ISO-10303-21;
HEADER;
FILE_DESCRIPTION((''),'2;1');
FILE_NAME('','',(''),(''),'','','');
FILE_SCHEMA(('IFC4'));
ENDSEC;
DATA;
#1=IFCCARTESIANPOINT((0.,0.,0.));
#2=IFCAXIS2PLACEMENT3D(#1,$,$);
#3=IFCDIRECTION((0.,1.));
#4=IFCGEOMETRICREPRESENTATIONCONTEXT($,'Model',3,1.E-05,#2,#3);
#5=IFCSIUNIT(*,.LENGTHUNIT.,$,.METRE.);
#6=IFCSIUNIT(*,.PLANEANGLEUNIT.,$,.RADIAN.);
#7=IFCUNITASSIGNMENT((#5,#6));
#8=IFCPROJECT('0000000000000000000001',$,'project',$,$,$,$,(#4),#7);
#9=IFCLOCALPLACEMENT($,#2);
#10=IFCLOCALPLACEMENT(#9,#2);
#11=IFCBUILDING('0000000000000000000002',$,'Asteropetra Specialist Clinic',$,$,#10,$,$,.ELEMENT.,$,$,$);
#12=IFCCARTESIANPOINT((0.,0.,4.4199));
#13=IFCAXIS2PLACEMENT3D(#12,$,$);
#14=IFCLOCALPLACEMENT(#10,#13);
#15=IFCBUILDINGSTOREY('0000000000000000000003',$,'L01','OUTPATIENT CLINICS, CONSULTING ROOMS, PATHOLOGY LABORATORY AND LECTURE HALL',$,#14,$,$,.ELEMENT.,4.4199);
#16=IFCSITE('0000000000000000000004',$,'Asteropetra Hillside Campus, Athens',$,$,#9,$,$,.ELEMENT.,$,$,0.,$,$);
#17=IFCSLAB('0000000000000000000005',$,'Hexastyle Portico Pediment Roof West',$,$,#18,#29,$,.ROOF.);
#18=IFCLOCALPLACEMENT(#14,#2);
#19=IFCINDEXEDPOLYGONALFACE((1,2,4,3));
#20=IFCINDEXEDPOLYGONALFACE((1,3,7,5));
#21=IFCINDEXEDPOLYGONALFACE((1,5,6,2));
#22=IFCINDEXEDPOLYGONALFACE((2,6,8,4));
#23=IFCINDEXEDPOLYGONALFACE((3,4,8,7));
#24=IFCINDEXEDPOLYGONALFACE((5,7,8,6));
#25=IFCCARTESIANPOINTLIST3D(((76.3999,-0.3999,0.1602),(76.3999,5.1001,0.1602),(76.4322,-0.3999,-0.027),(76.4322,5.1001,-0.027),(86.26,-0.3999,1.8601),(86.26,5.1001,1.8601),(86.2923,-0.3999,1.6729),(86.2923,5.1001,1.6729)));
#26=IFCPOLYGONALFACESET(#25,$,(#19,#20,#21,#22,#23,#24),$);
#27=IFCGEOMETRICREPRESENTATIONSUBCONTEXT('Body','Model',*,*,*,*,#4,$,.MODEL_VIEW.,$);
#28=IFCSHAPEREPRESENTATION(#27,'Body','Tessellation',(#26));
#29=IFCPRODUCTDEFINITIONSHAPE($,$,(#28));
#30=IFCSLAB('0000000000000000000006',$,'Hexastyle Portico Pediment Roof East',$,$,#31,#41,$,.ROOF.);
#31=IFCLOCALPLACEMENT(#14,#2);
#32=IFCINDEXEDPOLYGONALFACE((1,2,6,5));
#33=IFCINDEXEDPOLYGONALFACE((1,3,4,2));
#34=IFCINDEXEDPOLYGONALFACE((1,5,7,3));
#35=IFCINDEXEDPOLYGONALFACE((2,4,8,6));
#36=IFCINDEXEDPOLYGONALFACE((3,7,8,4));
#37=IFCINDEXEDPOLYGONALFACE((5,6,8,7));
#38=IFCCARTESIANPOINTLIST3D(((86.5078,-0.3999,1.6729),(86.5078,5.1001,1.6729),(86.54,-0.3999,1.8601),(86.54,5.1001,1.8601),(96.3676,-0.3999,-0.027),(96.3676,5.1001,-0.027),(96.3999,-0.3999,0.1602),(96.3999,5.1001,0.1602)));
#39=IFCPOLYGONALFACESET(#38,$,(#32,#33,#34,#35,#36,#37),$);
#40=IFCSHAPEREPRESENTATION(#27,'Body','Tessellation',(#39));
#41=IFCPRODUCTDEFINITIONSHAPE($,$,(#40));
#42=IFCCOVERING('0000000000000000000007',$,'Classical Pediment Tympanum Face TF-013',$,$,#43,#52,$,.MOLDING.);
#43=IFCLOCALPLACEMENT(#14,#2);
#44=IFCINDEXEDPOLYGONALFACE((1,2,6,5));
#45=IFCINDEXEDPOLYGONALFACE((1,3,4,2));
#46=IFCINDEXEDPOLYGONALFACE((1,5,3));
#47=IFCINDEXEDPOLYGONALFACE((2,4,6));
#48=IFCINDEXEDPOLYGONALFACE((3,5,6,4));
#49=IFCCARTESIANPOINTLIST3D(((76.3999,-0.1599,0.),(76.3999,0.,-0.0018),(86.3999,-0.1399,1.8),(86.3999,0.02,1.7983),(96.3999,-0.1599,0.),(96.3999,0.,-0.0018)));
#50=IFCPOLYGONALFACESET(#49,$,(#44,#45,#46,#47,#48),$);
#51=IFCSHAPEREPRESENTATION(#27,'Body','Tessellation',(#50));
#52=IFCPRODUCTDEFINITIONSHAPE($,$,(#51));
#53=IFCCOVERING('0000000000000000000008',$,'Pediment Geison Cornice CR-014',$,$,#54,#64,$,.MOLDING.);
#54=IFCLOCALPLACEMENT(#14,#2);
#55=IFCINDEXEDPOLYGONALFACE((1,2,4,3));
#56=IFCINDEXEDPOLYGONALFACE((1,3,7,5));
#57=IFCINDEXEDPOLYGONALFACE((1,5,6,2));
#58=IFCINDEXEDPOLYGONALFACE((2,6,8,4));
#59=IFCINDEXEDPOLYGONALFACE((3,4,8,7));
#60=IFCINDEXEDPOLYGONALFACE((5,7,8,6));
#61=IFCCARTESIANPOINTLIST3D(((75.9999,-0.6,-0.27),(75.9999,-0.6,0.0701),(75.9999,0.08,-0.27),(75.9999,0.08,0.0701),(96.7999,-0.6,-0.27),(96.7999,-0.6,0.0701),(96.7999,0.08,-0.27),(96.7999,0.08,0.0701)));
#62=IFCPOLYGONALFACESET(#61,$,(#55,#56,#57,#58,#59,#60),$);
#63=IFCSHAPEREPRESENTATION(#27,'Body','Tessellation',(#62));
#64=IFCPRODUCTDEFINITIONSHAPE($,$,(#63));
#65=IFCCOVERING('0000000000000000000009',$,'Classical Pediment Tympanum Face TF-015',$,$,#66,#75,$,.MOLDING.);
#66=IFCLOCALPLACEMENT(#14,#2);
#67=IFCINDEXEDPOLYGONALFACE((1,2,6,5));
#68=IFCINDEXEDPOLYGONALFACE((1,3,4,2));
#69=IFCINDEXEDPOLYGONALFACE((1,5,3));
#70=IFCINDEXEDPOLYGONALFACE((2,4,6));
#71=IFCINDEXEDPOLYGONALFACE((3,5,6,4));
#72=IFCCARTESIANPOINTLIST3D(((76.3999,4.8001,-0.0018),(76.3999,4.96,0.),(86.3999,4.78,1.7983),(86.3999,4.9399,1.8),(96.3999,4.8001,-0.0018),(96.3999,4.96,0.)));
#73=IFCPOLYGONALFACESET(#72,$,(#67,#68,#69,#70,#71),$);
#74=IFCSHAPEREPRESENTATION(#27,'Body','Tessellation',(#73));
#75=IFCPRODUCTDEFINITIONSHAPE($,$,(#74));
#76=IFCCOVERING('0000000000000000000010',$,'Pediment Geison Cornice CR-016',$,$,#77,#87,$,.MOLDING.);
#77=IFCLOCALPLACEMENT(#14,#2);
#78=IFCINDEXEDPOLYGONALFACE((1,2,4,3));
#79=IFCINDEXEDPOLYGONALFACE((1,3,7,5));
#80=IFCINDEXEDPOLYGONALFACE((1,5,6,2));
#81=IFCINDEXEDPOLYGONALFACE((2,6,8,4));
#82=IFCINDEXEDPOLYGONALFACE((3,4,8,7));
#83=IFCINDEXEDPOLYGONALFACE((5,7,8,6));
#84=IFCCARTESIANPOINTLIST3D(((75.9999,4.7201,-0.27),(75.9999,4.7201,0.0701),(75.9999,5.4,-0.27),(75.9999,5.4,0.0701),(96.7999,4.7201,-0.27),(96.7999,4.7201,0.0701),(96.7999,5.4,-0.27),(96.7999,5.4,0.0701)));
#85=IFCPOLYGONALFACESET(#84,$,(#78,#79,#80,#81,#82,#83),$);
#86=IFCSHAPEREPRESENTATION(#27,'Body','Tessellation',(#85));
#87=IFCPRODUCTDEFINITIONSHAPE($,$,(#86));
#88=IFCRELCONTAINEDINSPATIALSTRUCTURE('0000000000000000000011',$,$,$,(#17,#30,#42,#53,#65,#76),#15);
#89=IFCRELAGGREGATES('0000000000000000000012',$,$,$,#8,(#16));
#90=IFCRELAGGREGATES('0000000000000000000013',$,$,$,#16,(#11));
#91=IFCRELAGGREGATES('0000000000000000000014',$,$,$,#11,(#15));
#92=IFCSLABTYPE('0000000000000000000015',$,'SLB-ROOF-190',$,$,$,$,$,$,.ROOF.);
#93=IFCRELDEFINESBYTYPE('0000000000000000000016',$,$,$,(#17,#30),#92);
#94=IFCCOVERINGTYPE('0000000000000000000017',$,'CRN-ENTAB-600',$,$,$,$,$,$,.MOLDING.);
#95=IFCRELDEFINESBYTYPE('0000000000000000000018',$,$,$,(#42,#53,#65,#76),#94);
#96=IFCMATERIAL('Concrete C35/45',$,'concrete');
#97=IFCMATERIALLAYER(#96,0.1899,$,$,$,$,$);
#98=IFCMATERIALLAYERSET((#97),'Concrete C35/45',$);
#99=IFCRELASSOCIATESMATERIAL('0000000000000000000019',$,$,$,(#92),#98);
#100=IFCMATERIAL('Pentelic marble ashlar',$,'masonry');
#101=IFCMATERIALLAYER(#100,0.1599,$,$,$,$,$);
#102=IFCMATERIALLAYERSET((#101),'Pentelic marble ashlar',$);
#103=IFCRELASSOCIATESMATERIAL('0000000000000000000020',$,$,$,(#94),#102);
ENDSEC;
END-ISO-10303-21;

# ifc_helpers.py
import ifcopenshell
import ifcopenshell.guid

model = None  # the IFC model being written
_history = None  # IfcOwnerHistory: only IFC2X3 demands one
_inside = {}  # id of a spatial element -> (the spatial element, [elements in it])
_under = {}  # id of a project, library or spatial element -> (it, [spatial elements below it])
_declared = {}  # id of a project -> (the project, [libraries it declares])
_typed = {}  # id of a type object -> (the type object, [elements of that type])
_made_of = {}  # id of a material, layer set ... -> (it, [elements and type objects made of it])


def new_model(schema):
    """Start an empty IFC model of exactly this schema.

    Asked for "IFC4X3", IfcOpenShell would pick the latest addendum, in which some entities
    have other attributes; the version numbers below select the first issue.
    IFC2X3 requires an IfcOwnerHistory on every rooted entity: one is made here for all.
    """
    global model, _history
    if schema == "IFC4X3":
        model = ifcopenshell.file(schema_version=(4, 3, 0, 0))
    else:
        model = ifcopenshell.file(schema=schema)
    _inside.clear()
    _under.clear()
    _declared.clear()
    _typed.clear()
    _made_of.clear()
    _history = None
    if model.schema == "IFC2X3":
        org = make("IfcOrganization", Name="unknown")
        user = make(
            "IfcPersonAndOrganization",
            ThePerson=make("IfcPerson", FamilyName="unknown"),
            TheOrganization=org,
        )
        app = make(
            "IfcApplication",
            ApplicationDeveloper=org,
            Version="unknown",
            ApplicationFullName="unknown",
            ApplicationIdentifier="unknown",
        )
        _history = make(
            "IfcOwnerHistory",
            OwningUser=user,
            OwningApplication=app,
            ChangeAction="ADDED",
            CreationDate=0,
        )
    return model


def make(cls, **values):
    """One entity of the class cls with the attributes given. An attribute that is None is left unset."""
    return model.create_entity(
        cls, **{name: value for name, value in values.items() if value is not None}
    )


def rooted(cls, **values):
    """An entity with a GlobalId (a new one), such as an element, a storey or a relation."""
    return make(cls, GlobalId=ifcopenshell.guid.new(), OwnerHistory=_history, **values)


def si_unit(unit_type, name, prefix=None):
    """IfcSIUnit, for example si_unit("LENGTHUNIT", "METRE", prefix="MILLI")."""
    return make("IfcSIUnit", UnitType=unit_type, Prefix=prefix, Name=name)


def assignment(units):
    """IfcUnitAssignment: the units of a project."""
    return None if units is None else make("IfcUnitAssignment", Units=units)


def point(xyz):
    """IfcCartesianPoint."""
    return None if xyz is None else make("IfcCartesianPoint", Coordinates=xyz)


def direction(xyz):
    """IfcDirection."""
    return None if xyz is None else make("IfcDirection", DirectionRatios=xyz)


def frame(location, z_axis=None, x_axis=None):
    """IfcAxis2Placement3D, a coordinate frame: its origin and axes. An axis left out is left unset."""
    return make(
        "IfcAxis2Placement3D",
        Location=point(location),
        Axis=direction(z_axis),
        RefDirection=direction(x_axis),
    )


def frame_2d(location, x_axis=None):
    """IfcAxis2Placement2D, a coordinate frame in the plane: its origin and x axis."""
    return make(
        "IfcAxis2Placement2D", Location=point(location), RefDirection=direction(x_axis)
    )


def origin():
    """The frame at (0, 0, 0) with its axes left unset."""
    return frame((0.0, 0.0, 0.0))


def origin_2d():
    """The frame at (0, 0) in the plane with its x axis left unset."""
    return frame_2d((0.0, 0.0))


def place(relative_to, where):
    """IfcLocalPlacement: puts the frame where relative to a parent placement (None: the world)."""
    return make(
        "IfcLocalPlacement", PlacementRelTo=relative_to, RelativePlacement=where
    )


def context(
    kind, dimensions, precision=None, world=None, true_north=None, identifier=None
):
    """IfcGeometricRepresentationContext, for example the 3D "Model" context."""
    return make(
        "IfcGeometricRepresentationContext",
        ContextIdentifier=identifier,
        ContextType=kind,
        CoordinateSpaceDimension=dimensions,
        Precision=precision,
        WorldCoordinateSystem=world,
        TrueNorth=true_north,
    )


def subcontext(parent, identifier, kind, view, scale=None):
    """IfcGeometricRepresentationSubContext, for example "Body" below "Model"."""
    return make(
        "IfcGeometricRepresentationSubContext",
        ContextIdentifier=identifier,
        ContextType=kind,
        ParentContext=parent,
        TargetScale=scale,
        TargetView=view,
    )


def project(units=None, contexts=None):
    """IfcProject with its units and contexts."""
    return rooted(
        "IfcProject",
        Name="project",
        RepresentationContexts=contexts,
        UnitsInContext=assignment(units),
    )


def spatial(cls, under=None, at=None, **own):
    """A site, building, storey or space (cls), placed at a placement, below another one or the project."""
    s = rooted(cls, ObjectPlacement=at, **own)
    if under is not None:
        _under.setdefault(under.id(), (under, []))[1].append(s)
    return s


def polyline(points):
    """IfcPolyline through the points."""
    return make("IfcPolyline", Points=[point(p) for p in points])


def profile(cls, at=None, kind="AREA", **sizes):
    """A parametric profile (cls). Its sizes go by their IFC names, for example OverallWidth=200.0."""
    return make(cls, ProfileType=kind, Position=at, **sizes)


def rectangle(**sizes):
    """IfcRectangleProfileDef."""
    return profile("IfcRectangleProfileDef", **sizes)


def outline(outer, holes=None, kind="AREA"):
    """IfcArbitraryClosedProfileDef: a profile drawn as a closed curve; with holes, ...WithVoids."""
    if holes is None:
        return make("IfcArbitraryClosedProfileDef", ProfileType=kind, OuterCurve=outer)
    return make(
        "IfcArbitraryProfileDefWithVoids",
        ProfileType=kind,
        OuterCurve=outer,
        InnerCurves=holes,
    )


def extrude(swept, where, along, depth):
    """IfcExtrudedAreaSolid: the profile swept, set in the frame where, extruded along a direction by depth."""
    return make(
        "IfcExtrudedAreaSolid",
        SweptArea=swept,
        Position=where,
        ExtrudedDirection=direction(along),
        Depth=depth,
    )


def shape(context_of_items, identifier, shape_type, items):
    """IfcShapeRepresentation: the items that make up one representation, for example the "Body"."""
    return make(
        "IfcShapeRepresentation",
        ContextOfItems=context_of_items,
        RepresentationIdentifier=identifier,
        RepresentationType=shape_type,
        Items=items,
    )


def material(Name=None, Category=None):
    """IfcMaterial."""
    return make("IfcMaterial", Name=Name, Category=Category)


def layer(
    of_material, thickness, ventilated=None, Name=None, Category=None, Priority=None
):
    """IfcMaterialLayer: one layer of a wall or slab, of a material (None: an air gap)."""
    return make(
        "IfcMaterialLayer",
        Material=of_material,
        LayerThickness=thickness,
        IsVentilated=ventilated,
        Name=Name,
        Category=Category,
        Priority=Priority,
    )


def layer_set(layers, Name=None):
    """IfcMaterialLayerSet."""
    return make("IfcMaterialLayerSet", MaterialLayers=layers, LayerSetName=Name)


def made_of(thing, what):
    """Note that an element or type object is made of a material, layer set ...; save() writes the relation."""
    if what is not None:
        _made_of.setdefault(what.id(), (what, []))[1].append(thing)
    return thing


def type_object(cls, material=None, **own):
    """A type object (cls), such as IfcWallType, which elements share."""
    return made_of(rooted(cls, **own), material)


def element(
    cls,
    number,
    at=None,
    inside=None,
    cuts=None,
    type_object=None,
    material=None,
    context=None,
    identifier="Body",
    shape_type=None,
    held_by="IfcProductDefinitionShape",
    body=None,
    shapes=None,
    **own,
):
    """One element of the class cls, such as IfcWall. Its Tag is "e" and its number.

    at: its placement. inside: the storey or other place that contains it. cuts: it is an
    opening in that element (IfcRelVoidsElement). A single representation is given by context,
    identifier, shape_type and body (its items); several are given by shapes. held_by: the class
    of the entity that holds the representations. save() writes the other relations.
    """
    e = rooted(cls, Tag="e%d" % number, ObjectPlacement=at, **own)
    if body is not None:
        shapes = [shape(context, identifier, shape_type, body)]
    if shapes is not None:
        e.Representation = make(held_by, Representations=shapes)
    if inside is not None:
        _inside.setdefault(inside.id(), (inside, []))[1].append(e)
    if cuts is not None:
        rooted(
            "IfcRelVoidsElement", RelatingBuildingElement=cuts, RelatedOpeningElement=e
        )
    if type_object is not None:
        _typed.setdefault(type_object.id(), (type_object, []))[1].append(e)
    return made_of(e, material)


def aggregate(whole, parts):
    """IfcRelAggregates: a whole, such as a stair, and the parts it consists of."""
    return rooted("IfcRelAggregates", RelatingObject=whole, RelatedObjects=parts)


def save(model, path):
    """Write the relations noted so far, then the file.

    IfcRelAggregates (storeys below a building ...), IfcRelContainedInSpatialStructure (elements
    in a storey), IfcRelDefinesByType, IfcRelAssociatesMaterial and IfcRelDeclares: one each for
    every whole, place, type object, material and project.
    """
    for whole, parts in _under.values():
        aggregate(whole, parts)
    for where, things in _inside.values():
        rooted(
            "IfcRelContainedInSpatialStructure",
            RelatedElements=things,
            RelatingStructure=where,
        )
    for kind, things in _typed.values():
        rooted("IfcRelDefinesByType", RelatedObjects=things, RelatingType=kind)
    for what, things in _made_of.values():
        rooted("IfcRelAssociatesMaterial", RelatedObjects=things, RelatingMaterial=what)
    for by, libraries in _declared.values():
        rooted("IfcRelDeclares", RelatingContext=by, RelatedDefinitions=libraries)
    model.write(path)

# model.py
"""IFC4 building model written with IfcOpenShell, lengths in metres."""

from ifc_helpers import new_model, si_unit, direction, frame, origin, origin_2d, place, context, subcontext, project, spatial, polyline, rectangle, outline, extrude, material, layer, layer_set, type_object, element, save


model = new_model("IFC4")

# Units and contexts
model_context = context("Model", 3, precision=1e-05, world=origin(), true_north=direction((0.0, 1.0)))
body_context = subcontext(model_context, "Body", "Model", "MODEL_VIEW")
ifc_project = project(units=[si_unit("LENGTHUNIT", "METRE"), si_unit("PLANEANGLEUNIT", "RADIAN")], contexts=[model_context])

# Site, building, storey
site_placement = place(None, origin())
site = spatial("IfcSite", under=ifc_project, at=site_placement, Name="Asteropetra Hillside Campus, Athens", CompositionType="ELEMENT", RefElevation=0.0)
building_placement = place(site_placement, origin())
building = spatial("IfcBuilding", under=site, at=building_placement, Name="Asteropetra Specialist Clinic", CompositionType="ELEMENT")
storey_placement = place(building_placement, frame((0.0, 0.0, 4.4199)))
storey = spatial("IfcBuildingStorey", under=building, at=storey_placement, Name="L01", Description="OUTPATIENT CLINICS, CONSULTING ROOMS, PATHOLOGY LABORATORY AND LECTURE HALL", CompositionType="ELEMENT", Elevation=4.4199)

# Slabs
ifc_material_1 = material(Name="Concrete C35/45", Category="concrete")
ifc_layer_1 = layer(ifc_material_1, 0.1899)
ifc_layer_set_1 = layer_set([ifc_layer_1], Name="Concrete C35/45")
slab_type = type_object("IfcSlabType", Name="SLB-ROOF-190", PredefinedType="ROOF", material=ifc_layer_set_1)
slab_1_placement = place(storey_placement, frame((76.3999, -0.3999, 0.1602), z_axis=(-0.1699, 0.0, 0.985461), x_axis=(0.985461, 0.0, 0.1699)))
element("IfcSlab", 1, at=slab_1_placement, inside=storey, type_object=slab_type, Name="Hexastyle Portico Pediment Roof West", PredefinedType="ROOF", context=body_context, shape_type="SweptSolid", body=[
    extrude(outline(polyline([(0.0, 0.0), (10.0056, 0.0), (10.0056, 5.5), (0.0, 5.5), (0.0, 0.0)])), origin(), (0.0, 0.0, -1.0), 0.1899),
])
slab_2_placement = place(storey_placement, frame((86.54, -0.3999, 1.8601), z_axis=(0.169904, 0.0, 0.985461), x_axis=(0.985461, 0.0, -0.169904)))
element("IfcSlab", 2, at=slab_2_placement, inside=storey, type_object=slab_type, Name="Hexastyle Portico Pediment Roof East", PredefinedType="ROOF", context=body_context, shape_type="SweptSolid", body=[
    extrude(outline(polyline([(0.0, 0.0), (10.0053, 0.0), (10.0053, 5.5), (0.0, 5.5), (0.0, 0.0)])), origin(), (0.0, 0.0, -1.0), 0.1899),
])

# Coverings
ifc_material_2 = material(Name="Pentelic marble ashlar", Category="masonry")
ifc_layer_2 = layer(ifc_material_2, 0.1599)
ifc_layer_set_2 = layer_set([ifc_layer_2], Name="Pentelic marble ashlar")
covering_type = type_object("IfcCoveringType", Name="CRN-ENTAB-600", PredefinedType="MOLDING", material=ifc_layer_set_2)
covering_1_placement = place(storey_placement, frame((76.3999, -0.1599, 0.0), z_axis=(0.0, -0.999938, 0.011121), x_axis=(1.0, 0.0, 0.0)))
element("IfcCovering", 3, at=covering_1_placement, inside=storey, type_object=covering_type, Name="Classical Pediment Tympanum Face TF-013", PredefinedType="MOLDING", context=body_context, shape_type="SweptSolid", body=[
    extrude(outline(polyline([(0.0, 0.0), (20.0, 0.0), (10.0, 1.8002), (0.0, 0.0)])), origin(), (0.0, 0.0, -1.0), 0.1599),
])
covering_2_placement = place(storey_placement, frame((86.3999, -0.26, -0.27), z_axis=(0.0, 0.0, 1.0), x_axis=(1.0, 0.0, 0.0)))
element("IfcCovering", 4, at=covering_2_placement, inside=storey, type_object=covering_type, Name="Pediment Geison Cornice CR-014", PredefinedType="MOLDING", context=body_context, shape_type="SweptSolid", body=[
    extrude(rectangle(XDim=20.8, YDim=0.6799, at=origin_2d()), origin(), (0.0, 0.0, 1.0), 0.3401),
])
covering_3_placement = place(storey_placement, frame((76.3999, 4.96, 0.0), z_axis=(0.0, 0.999938, 0.011121), x_axis=(1.0, 0.0, 0.0)))
element("IfcCovering", 5, at=covering_3_placement, inside=storey, type_object=covering_type, Name="Classical Pediment Tympanum Face TF-015", PredefinedType="MOLDING", context=body_context, shape_type="SweptSolid", body=[
    extrude(outline(polyline([(0.0, 0.0), (20.0, 0.0), (10.0, -1.8002), (0.0, 0.0)])), origin(), (0.0, 0.0, -1.0), 0.1599),
])
covering_4_placement = place(storey_placement, frame((86.3999, 5.0601, -0.27), z_axis=(0.0, 0.0, 1.0), x_axis=(1.0, 0.0, 0.0)))
element("IfcCovering", 6, at=covering_4_placement, inside=storey, type_object=covering_type, Name="Pediment Geison Cornice CR-016", PredefinedType="MOLDING", context=body_context, shape_type="SweptSolid", body=[
    extrude(rectangle(XDim=20.8, YDim=0.6799, at=origin_2d()), origin(), (0.0, 0.0, 1.0), 0.3401),
])

save(model, "model.ifc")
